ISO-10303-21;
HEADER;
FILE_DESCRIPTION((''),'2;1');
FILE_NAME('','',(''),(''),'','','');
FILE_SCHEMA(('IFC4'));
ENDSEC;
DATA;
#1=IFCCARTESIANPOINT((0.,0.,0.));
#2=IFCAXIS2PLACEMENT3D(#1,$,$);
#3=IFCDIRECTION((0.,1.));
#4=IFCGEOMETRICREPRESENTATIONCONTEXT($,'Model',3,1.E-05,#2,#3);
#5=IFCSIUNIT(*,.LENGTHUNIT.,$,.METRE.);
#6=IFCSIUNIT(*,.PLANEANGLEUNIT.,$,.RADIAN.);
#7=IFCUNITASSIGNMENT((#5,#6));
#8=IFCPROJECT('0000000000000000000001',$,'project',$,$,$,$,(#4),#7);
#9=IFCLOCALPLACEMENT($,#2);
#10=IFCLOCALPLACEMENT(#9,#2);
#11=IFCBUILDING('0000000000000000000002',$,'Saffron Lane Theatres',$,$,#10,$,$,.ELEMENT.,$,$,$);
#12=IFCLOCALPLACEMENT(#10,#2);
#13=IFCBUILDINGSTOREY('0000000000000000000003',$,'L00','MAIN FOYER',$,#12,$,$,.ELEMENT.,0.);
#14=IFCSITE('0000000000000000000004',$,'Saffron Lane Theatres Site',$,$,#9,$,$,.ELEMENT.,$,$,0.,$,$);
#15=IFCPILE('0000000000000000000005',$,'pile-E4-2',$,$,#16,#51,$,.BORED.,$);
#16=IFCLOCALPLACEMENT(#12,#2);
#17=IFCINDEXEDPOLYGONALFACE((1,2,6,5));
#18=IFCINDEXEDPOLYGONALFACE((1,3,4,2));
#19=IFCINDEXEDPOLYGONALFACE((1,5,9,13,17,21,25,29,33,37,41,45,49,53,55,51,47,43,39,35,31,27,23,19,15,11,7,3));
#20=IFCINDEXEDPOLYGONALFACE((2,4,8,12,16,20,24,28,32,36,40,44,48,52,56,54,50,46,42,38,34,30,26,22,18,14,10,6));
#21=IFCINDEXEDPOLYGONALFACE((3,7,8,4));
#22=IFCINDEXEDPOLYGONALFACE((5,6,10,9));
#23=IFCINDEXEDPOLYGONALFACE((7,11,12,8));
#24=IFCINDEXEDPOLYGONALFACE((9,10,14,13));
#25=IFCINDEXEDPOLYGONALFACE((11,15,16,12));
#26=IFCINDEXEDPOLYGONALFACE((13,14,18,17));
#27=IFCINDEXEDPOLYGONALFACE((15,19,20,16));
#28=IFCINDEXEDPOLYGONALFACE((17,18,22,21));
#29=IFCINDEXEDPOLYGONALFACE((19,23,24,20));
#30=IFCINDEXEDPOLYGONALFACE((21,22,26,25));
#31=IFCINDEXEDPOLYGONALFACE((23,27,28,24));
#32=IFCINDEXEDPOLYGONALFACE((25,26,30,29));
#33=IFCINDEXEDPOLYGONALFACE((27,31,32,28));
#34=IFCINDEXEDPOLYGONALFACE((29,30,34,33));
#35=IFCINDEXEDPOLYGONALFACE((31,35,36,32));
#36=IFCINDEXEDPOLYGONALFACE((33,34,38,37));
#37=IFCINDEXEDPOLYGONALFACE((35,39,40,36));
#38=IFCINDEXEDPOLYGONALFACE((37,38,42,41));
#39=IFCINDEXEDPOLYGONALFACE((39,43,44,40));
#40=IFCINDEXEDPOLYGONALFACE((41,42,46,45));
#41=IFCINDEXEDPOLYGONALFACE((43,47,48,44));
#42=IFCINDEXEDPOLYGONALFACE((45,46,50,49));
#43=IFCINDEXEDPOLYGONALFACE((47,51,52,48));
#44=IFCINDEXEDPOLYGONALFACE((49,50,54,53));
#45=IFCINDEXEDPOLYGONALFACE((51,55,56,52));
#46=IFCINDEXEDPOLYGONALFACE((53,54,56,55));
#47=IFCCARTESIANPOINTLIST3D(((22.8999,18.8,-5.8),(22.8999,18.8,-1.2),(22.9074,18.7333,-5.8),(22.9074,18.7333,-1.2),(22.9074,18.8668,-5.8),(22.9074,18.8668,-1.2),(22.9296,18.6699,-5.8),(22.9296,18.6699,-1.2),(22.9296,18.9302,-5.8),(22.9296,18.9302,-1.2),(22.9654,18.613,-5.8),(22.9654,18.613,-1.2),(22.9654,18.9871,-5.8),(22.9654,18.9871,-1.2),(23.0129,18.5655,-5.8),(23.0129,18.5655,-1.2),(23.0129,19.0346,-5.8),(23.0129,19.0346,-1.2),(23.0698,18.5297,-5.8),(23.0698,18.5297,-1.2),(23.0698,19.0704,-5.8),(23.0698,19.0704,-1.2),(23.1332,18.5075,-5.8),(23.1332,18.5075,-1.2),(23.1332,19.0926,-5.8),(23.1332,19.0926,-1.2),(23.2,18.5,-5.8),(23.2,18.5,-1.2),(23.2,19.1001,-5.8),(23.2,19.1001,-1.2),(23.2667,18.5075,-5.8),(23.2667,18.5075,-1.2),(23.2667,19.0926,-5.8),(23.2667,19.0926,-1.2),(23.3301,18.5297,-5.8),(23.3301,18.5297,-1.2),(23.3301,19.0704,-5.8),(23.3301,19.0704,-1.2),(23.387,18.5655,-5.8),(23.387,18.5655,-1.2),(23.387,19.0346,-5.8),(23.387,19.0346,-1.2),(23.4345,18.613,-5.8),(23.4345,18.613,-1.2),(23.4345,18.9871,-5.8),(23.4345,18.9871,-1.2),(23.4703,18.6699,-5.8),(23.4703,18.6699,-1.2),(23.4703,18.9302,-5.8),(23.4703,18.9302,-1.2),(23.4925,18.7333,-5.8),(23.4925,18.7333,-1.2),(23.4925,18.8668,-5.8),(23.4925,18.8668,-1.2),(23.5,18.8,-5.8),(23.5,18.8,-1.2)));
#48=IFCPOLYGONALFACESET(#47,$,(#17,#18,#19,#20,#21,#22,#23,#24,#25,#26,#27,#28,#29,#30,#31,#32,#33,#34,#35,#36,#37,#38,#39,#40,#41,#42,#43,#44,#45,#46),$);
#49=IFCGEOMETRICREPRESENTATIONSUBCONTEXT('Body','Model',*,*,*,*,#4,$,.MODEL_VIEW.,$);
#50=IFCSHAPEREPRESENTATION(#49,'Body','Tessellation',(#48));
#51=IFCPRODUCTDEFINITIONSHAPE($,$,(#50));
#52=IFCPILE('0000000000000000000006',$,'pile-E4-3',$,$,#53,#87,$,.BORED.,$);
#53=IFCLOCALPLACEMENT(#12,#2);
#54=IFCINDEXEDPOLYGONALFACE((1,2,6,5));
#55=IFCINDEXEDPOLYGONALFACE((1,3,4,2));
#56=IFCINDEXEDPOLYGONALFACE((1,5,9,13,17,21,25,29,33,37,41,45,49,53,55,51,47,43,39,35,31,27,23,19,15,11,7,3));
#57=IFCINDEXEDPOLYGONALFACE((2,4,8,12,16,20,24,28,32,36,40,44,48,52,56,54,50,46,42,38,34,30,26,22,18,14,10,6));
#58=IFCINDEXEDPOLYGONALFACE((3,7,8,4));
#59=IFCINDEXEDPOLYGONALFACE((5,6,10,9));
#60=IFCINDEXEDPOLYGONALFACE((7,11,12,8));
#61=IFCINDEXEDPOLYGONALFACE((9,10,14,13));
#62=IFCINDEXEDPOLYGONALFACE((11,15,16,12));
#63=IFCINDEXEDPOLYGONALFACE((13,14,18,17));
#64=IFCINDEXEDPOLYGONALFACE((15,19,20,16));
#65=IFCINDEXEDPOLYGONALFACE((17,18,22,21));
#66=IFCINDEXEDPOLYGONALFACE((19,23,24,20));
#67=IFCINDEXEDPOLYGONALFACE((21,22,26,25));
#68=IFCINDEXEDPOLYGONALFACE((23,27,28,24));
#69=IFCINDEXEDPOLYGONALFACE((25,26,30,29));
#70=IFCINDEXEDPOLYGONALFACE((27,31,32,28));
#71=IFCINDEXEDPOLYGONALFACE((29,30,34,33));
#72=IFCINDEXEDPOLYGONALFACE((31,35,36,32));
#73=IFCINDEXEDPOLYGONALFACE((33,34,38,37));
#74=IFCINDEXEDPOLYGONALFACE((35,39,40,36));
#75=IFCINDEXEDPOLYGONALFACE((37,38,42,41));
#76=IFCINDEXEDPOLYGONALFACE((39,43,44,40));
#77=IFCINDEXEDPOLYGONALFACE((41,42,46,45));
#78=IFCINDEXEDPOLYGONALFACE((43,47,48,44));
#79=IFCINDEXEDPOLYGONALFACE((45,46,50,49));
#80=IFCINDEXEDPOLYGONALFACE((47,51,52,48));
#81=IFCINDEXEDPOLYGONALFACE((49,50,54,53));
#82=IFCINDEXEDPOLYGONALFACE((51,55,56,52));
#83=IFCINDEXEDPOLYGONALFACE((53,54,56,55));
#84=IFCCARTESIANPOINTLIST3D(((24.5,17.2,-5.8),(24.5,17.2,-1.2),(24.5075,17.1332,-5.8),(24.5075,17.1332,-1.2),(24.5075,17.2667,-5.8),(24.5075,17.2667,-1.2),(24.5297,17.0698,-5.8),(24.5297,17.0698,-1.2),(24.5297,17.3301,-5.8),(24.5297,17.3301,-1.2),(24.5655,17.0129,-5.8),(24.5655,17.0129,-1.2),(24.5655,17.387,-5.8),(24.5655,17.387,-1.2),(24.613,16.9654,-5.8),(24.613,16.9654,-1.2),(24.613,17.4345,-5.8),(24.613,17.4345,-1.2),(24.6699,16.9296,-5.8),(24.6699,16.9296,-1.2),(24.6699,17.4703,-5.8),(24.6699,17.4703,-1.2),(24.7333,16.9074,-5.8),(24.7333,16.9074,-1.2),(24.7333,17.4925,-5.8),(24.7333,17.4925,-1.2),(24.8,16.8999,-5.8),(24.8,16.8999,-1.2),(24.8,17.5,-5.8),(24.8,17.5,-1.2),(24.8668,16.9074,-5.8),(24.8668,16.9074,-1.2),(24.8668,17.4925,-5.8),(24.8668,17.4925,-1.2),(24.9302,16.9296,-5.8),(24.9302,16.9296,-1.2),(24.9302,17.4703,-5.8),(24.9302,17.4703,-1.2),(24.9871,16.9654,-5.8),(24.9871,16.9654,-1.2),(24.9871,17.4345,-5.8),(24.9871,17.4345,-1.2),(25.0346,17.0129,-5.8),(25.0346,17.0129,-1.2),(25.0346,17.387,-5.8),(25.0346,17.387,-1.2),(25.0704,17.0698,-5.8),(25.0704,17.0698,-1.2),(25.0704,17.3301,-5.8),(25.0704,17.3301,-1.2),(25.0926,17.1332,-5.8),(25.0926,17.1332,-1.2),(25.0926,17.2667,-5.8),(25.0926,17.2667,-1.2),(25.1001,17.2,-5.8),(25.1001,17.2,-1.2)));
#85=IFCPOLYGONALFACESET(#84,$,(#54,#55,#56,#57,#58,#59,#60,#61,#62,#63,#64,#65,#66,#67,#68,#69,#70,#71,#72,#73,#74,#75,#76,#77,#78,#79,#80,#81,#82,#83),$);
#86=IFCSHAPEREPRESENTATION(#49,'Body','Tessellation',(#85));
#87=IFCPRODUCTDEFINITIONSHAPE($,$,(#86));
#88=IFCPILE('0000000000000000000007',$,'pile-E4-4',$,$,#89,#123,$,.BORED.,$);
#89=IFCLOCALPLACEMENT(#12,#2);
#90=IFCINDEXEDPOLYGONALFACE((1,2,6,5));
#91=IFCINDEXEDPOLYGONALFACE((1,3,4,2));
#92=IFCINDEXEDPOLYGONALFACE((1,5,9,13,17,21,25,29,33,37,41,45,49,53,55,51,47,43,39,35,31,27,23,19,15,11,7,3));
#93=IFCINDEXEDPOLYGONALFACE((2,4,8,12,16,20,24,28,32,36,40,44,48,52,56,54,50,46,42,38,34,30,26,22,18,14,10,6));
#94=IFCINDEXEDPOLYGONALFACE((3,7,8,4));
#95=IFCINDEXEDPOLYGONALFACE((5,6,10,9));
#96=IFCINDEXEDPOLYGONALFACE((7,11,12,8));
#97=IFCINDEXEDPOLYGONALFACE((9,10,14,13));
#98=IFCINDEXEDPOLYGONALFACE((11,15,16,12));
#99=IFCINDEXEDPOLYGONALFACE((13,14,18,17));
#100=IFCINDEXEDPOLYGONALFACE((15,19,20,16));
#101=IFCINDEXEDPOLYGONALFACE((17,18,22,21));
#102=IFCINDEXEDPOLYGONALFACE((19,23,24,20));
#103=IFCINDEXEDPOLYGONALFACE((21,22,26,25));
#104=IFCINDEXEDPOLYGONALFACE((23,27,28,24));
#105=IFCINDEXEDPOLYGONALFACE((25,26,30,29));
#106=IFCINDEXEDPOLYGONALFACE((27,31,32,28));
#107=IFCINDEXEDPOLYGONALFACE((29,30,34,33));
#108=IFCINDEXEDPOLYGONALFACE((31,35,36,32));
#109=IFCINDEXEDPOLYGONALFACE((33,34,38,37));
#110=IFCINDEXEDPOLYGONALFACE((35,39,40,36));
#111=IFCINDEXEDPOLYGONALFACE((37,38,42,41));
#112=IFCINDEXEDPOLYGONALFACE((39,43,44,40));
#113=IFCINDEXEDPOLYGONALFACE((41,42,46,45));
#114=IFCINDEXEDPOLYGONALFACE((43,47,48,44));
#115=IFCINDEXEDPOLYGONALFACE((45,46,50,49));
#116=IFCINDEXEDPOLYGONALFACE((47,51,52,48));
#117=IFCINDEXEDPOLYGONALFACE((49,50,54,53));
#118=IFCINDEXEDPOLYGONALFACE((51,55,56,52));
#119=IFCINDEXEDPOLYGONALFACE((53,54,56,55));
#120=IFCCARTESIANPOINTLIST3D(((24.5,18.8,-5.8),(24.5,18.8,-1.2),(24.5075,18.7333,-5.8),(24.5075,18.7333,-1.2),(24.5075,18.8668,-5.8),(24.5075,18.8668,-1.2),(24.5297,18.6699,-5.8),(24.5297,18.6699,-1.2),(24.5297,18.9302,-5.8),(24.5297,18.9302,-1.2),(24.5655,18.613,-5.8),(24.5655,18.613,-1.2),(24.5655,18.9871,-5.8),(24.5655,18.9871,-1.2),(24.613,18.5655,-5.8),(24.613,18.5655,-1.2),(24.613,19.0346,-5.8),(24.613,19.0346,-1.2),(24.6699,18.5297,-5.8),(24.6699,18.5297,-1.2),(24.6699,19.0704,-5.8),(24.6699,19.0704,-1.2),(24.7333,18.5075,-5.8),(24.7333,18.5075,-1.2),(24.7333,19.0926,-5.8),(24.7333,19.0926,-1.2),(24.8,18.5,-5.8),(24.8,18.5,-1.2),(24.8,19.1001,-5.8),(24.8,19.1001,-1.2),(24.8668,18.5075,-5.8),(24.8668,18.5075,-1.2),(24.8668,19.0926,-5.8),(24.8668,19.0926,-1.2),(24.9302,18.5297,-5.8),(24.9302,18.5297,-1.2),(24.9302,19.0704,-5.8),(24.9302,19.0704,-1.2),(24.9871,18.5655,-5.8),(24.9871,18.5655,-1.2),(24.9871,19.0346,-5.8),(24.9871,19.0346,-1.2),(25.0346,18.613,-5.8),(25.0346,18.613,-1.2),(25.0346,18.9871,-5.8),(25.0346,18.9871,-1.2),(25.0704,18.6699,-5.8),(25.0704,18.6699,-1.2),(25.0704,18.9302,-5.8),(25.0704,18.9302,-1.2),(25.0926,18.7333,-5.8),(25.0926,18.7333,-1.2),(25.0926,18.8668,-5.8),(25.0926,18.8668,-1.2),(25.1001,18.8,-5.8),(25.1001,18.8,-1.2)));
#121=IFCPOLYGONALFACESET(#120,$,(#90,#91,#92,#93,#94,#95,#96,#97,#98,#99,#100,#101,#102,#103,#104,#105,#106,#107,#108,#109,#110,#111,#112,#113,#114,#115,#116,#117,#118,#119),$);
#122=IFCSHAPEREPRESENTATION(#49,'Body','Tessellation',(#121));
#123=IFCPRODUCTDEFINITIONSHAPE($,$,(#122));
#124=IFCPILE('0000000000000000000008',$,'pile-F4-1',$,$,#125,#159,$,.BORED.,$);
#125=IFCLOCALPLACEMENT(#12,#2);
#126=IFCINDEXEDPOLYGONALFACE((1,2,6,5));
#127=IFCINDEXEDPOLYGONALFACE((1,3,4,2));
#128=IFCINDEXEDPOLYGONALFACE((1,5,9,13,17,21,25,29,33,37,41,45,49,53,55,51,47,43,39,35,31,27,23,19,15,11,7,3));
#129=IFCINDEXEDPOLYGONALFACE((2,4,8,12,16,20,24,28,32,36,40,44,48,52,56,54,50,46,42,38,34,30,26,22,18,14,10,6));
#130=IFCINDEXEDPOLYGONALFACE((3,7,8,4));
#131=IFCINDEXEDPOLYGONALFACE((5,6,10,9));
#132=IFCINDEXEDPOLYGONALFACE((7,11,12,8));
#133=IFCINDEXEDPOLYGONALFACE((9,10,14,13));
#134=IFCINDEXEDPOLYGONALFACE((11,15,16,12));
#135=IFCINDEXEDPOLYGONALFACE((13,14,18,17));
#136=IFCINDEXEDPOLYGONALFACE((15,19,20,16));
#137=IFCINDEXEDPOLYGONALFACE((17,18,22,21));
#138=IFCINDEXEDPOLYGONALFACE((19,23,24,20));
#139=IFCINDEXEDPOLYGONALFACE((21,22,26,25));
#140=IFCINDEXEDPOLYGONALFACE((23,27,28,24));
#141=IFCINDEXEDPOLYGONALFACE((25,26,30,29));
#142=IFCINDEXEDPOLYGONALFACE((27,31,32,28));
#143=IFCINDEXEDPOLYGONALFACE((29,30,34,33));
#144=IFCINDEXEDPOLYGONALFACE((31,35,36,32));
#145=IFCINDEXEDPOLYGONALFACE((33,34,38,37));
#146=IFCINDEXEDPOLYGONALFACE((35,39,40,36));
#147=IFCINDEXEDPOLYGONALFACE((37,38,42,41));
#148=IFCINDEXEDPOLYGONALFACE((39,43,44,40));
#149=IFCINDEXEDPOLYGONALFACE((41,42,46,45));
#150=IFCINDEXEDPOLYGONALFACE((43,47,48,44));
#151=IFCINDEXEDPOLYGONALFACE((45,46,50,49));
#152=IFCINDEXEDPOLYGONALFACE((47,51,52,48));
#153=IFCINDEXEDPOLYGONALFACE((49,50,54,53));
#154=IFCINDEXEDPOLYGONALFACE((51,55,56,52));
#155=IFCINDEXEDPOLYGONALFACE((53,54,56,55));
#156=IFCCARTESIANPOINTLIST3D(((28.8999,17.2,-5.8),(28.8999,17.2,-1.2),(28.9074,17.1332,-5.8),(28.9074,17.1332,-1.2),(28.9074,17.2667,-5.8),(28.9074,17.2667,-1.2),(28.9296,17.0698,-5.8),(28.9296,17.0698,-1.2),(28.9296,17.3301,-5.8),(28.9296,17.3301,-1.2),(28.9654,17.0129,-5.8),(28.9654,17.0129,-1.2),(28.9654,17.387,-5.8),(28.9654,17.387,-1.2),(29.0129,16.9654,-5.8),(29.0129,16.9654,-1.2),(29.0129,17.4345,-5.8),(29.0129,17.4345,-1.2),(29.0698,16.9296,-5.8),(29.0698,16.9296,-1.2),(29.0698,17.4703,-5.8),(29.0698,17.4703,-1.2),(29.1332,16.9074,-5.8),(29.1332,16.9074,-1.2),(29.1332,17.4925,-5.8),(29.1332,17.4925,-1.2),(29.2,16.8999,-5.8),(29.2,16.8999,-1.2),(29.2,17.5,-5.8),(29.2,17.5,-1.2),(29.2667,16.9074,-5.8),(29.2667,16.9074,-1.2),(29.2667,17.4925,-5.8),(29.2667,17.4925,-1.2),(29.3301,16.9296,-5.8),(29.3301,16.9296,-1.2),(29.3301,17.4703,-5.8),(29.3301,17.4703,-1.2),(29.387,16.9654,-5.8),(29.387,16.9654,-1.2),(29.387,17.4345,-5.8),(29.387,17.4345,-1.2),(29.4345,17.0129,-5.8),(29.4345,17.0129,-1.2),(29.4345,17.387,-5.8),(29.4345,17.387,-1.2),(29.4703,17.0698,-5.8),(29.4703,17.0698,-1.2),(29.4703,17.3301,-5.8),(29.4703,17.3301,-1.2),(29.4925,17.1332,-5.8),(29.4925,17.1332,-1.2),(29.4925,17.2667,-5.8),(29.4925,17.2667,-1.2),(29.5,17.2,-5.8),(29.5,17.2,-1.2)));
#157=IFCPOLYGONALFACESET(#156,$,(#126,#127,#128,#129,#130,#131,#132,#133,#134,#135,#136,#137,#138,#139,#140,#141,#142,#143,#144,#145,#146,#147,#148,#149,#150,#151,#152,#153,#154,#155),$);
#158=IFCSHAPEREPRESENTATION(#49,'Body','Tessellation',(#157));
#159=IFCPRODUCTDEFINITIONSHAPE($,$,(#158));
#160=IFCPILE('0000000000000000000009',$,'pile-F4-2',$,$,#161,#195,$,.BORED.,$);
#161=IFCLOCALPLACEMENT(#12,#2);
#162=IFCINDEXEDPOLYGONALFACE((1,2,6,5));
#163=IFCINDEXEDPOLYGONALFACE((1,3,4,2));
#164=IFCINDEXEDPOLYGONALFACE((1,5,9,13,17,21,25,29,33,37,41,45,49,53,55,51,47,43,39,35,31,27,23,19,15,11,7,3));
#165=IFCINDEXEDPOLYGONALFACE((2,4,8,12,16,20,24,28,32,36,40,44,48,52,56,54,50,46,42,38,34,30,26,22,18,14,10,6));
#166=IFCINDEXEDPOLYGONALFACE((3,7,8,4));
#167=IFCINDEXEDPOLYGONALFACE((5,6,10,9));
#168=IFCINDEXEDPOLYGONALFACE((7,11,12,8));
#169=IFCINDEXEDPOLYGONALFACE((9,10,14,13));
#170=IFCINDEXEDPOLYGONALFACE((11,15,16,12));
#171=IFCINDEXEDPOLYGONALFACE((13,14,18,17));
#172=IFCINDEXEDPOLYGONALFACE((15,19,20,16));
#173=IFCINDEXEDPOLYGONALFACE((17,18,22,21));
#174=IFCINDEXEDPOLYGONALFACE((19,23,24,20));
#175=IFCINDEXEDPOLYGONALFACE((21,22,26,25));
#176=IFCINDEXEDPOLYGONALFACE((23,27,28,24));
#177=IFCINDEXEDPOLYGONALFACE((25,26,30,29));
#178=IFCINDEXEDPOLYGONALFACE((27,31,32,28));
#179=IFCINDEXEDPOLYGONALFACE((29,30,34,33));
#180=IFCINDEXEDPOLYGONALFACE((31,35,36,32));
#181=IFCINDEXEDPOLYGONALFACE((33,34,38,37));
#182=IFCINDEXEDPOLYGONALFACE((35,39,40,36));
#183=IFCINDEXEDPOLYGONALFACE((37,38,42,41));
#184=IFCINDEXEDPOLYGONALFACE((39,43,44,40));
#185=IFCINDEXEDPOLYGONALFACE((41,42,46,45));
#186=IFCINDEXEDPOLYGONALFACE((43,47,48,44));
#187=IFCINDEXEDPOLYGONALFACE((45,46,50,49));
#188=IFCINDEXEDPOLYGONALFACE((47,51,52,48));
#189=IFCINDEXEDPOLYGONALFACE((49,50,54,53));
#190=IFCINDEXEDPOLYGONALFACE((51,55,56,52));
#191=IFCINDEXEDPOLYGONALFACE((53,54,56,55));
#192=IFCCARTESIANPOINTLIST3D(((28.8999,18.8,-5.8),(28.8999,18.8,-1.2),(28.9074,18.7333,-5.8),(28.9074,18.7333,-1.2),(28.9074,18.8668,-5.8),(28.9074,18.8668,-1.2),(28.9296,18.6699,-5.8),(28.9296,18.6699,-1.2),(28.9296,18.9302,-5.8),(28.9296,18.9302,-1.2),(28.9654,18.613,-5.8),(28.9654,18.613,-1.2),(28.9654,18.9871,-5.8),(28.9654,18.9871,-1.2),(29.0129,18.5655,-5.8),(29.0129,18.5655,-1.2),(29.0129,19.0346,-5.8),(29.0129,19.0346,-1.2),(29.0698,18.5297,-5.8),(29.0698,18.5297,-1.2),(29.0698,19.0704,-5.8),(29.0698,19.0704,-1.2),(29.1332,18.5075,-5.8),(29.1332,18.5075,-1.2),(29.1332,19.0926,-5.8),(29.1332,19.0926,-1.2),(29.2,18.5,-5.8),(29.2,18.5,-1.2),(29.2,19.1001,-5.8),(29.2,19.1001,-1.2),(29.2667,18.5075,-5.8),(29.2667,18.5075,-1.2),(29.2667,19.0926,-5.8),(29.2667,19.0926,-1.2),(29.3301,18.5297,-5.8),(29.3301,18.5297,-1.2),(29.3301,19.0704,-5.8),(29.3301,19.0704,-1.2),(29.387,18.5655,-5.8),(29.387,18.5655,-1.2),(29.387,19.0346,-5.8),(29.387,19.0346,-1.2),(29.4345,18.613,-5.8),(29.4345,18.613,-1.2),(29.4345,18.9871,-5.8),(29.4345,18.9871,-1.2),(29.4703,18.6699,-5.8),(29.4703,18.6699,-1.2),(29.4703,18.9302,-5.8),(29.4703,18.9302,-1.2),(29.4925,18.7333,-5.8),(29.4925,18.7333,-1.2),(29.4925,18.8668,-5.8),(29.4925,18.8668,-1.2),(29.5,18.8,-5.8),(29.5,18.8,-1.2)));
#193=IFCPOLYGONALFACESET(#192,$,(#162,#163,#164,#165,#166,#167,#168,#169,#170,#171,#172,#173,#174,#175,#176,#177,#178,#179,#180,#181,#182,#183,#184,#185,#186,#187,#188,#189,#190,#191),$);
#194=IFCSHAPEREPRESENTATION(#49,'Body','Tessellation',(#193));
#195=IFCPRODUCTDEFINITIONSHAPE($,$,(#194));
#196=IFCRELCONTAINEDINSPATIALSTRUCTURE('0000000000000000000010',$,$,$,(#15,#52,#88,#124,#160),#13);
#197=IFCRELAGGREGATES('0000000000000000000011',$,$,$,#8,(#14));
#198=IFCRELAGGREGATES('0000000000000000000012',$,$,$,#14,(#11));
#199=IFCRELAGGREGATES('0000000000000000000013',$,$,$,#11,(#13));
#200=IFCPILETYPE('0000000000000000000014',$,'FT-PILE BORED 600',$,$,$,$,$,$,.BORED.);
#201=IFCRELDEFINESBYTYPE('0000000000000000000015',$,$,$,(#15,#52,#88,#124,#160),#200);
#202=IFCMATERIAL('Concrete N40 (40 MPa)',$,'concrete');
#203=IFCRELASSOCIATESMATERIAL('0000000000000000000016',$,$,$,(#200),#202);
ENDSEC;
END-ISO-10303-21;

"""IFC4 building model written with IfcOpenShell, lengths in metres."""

from ifc_helpers import new_model, si_unit, direction, frame, origin, origin_2d, place, context, subcontext, project, spatial, circle, extrude, material, material_profile, profile_set, type_object, element, save


model = new_model("IFC4")

# Units and contexts
model_context = context("Model", 3, precision=1e-05, world=origin(), true_north=direction((0.0, 1.0)))
body_context = subcontext(model_context, "Body", "Model", "MODEL_VIEW")
ifc_project = project(units=[si_unit("LENGTHUNIT", "METRE"), si_unit("PLANEANGLEUNIT", "RADIAN")], contexts=[model_context])

# Site, building, storey
site_placement = place(None, origin())
site = spatial("IfcSite", under=ifc_project, at=site_placement, Name="Saffron Lane Theatres Site", CompositionType="ELEMENT", RefElevation=0.0)
building_placement = place(site_placement, origin())
building = spatial("IfcBuilding", under=site, at=building_placement, Name="Saffron Lane Theatres", CompositionType="ELEMENT")
storey_placement = place(building_placement, origin())
storey = spatial("IfcBuildingStorey", under=building, at=storey_placement, Name="L00", Description="MAIN FOYER", CompositionType="ELEMENT", Elevation=0.0)

# Piles
ifc_material_1 = material(Name="Concrete N40 (40 MPa)", Category="concrete")
ifc_material_profile_1 = material_profile(ifc_material_1, circle(Radius=0.3, at=origin_2d()))
ifc_profile_set_1 = profile_set([ifc_material_profile_1], Name="Concrete N40 (40 MPa)")
pile_type = type_object("IfcPileType", Name="FT-PILE BORED 600", PredefinedType="BORED", material=ifc_profile_set_1)
for number, where, z_axis, x_axis, name in (
    (1, (23.2, 18.8, -1.2), (0.0, 0.0, -1.0), (1.0, 0.0, 0.0), "pile-E4-2"),
    (2, (24.8, 17.2, -1.2), (0.0, 0.0, -1.0), (1.0, 0.0, 0.0), "pile-E4-3"),
    (3, (24.8, 18.8, -1.2), (0.0, 0.0, -1.0), (1.0, 0.0, 0.0), "pile-E4-4"),
    (4, (29.2, 17.2, -1.2), (0.0, 0.0, -1.0), (1.0, 0.0, 0.0), "pile-F4-1"),
    (5, (29.2, 18.8, -1.2), (0.0, 0.0, -1.0), (1.0, 0.0, 0.0), "pile-F4-2"),
):
    element("IfcPile", number, at=place(storey_placement, frame(where, z_axis=z_axis, x_axis=x_axis)), inside=storey, type_object=pile_type, Name=name, PredefinedType="BORED", context=body_context, shape_type="SweptSolid", body=[
        extrude(circle(Radius=0.3, at=origin_2d()), origin(), (0.0, 0.0, 1.0), 4.6001),
    ])

save(model, "model.ifc")
